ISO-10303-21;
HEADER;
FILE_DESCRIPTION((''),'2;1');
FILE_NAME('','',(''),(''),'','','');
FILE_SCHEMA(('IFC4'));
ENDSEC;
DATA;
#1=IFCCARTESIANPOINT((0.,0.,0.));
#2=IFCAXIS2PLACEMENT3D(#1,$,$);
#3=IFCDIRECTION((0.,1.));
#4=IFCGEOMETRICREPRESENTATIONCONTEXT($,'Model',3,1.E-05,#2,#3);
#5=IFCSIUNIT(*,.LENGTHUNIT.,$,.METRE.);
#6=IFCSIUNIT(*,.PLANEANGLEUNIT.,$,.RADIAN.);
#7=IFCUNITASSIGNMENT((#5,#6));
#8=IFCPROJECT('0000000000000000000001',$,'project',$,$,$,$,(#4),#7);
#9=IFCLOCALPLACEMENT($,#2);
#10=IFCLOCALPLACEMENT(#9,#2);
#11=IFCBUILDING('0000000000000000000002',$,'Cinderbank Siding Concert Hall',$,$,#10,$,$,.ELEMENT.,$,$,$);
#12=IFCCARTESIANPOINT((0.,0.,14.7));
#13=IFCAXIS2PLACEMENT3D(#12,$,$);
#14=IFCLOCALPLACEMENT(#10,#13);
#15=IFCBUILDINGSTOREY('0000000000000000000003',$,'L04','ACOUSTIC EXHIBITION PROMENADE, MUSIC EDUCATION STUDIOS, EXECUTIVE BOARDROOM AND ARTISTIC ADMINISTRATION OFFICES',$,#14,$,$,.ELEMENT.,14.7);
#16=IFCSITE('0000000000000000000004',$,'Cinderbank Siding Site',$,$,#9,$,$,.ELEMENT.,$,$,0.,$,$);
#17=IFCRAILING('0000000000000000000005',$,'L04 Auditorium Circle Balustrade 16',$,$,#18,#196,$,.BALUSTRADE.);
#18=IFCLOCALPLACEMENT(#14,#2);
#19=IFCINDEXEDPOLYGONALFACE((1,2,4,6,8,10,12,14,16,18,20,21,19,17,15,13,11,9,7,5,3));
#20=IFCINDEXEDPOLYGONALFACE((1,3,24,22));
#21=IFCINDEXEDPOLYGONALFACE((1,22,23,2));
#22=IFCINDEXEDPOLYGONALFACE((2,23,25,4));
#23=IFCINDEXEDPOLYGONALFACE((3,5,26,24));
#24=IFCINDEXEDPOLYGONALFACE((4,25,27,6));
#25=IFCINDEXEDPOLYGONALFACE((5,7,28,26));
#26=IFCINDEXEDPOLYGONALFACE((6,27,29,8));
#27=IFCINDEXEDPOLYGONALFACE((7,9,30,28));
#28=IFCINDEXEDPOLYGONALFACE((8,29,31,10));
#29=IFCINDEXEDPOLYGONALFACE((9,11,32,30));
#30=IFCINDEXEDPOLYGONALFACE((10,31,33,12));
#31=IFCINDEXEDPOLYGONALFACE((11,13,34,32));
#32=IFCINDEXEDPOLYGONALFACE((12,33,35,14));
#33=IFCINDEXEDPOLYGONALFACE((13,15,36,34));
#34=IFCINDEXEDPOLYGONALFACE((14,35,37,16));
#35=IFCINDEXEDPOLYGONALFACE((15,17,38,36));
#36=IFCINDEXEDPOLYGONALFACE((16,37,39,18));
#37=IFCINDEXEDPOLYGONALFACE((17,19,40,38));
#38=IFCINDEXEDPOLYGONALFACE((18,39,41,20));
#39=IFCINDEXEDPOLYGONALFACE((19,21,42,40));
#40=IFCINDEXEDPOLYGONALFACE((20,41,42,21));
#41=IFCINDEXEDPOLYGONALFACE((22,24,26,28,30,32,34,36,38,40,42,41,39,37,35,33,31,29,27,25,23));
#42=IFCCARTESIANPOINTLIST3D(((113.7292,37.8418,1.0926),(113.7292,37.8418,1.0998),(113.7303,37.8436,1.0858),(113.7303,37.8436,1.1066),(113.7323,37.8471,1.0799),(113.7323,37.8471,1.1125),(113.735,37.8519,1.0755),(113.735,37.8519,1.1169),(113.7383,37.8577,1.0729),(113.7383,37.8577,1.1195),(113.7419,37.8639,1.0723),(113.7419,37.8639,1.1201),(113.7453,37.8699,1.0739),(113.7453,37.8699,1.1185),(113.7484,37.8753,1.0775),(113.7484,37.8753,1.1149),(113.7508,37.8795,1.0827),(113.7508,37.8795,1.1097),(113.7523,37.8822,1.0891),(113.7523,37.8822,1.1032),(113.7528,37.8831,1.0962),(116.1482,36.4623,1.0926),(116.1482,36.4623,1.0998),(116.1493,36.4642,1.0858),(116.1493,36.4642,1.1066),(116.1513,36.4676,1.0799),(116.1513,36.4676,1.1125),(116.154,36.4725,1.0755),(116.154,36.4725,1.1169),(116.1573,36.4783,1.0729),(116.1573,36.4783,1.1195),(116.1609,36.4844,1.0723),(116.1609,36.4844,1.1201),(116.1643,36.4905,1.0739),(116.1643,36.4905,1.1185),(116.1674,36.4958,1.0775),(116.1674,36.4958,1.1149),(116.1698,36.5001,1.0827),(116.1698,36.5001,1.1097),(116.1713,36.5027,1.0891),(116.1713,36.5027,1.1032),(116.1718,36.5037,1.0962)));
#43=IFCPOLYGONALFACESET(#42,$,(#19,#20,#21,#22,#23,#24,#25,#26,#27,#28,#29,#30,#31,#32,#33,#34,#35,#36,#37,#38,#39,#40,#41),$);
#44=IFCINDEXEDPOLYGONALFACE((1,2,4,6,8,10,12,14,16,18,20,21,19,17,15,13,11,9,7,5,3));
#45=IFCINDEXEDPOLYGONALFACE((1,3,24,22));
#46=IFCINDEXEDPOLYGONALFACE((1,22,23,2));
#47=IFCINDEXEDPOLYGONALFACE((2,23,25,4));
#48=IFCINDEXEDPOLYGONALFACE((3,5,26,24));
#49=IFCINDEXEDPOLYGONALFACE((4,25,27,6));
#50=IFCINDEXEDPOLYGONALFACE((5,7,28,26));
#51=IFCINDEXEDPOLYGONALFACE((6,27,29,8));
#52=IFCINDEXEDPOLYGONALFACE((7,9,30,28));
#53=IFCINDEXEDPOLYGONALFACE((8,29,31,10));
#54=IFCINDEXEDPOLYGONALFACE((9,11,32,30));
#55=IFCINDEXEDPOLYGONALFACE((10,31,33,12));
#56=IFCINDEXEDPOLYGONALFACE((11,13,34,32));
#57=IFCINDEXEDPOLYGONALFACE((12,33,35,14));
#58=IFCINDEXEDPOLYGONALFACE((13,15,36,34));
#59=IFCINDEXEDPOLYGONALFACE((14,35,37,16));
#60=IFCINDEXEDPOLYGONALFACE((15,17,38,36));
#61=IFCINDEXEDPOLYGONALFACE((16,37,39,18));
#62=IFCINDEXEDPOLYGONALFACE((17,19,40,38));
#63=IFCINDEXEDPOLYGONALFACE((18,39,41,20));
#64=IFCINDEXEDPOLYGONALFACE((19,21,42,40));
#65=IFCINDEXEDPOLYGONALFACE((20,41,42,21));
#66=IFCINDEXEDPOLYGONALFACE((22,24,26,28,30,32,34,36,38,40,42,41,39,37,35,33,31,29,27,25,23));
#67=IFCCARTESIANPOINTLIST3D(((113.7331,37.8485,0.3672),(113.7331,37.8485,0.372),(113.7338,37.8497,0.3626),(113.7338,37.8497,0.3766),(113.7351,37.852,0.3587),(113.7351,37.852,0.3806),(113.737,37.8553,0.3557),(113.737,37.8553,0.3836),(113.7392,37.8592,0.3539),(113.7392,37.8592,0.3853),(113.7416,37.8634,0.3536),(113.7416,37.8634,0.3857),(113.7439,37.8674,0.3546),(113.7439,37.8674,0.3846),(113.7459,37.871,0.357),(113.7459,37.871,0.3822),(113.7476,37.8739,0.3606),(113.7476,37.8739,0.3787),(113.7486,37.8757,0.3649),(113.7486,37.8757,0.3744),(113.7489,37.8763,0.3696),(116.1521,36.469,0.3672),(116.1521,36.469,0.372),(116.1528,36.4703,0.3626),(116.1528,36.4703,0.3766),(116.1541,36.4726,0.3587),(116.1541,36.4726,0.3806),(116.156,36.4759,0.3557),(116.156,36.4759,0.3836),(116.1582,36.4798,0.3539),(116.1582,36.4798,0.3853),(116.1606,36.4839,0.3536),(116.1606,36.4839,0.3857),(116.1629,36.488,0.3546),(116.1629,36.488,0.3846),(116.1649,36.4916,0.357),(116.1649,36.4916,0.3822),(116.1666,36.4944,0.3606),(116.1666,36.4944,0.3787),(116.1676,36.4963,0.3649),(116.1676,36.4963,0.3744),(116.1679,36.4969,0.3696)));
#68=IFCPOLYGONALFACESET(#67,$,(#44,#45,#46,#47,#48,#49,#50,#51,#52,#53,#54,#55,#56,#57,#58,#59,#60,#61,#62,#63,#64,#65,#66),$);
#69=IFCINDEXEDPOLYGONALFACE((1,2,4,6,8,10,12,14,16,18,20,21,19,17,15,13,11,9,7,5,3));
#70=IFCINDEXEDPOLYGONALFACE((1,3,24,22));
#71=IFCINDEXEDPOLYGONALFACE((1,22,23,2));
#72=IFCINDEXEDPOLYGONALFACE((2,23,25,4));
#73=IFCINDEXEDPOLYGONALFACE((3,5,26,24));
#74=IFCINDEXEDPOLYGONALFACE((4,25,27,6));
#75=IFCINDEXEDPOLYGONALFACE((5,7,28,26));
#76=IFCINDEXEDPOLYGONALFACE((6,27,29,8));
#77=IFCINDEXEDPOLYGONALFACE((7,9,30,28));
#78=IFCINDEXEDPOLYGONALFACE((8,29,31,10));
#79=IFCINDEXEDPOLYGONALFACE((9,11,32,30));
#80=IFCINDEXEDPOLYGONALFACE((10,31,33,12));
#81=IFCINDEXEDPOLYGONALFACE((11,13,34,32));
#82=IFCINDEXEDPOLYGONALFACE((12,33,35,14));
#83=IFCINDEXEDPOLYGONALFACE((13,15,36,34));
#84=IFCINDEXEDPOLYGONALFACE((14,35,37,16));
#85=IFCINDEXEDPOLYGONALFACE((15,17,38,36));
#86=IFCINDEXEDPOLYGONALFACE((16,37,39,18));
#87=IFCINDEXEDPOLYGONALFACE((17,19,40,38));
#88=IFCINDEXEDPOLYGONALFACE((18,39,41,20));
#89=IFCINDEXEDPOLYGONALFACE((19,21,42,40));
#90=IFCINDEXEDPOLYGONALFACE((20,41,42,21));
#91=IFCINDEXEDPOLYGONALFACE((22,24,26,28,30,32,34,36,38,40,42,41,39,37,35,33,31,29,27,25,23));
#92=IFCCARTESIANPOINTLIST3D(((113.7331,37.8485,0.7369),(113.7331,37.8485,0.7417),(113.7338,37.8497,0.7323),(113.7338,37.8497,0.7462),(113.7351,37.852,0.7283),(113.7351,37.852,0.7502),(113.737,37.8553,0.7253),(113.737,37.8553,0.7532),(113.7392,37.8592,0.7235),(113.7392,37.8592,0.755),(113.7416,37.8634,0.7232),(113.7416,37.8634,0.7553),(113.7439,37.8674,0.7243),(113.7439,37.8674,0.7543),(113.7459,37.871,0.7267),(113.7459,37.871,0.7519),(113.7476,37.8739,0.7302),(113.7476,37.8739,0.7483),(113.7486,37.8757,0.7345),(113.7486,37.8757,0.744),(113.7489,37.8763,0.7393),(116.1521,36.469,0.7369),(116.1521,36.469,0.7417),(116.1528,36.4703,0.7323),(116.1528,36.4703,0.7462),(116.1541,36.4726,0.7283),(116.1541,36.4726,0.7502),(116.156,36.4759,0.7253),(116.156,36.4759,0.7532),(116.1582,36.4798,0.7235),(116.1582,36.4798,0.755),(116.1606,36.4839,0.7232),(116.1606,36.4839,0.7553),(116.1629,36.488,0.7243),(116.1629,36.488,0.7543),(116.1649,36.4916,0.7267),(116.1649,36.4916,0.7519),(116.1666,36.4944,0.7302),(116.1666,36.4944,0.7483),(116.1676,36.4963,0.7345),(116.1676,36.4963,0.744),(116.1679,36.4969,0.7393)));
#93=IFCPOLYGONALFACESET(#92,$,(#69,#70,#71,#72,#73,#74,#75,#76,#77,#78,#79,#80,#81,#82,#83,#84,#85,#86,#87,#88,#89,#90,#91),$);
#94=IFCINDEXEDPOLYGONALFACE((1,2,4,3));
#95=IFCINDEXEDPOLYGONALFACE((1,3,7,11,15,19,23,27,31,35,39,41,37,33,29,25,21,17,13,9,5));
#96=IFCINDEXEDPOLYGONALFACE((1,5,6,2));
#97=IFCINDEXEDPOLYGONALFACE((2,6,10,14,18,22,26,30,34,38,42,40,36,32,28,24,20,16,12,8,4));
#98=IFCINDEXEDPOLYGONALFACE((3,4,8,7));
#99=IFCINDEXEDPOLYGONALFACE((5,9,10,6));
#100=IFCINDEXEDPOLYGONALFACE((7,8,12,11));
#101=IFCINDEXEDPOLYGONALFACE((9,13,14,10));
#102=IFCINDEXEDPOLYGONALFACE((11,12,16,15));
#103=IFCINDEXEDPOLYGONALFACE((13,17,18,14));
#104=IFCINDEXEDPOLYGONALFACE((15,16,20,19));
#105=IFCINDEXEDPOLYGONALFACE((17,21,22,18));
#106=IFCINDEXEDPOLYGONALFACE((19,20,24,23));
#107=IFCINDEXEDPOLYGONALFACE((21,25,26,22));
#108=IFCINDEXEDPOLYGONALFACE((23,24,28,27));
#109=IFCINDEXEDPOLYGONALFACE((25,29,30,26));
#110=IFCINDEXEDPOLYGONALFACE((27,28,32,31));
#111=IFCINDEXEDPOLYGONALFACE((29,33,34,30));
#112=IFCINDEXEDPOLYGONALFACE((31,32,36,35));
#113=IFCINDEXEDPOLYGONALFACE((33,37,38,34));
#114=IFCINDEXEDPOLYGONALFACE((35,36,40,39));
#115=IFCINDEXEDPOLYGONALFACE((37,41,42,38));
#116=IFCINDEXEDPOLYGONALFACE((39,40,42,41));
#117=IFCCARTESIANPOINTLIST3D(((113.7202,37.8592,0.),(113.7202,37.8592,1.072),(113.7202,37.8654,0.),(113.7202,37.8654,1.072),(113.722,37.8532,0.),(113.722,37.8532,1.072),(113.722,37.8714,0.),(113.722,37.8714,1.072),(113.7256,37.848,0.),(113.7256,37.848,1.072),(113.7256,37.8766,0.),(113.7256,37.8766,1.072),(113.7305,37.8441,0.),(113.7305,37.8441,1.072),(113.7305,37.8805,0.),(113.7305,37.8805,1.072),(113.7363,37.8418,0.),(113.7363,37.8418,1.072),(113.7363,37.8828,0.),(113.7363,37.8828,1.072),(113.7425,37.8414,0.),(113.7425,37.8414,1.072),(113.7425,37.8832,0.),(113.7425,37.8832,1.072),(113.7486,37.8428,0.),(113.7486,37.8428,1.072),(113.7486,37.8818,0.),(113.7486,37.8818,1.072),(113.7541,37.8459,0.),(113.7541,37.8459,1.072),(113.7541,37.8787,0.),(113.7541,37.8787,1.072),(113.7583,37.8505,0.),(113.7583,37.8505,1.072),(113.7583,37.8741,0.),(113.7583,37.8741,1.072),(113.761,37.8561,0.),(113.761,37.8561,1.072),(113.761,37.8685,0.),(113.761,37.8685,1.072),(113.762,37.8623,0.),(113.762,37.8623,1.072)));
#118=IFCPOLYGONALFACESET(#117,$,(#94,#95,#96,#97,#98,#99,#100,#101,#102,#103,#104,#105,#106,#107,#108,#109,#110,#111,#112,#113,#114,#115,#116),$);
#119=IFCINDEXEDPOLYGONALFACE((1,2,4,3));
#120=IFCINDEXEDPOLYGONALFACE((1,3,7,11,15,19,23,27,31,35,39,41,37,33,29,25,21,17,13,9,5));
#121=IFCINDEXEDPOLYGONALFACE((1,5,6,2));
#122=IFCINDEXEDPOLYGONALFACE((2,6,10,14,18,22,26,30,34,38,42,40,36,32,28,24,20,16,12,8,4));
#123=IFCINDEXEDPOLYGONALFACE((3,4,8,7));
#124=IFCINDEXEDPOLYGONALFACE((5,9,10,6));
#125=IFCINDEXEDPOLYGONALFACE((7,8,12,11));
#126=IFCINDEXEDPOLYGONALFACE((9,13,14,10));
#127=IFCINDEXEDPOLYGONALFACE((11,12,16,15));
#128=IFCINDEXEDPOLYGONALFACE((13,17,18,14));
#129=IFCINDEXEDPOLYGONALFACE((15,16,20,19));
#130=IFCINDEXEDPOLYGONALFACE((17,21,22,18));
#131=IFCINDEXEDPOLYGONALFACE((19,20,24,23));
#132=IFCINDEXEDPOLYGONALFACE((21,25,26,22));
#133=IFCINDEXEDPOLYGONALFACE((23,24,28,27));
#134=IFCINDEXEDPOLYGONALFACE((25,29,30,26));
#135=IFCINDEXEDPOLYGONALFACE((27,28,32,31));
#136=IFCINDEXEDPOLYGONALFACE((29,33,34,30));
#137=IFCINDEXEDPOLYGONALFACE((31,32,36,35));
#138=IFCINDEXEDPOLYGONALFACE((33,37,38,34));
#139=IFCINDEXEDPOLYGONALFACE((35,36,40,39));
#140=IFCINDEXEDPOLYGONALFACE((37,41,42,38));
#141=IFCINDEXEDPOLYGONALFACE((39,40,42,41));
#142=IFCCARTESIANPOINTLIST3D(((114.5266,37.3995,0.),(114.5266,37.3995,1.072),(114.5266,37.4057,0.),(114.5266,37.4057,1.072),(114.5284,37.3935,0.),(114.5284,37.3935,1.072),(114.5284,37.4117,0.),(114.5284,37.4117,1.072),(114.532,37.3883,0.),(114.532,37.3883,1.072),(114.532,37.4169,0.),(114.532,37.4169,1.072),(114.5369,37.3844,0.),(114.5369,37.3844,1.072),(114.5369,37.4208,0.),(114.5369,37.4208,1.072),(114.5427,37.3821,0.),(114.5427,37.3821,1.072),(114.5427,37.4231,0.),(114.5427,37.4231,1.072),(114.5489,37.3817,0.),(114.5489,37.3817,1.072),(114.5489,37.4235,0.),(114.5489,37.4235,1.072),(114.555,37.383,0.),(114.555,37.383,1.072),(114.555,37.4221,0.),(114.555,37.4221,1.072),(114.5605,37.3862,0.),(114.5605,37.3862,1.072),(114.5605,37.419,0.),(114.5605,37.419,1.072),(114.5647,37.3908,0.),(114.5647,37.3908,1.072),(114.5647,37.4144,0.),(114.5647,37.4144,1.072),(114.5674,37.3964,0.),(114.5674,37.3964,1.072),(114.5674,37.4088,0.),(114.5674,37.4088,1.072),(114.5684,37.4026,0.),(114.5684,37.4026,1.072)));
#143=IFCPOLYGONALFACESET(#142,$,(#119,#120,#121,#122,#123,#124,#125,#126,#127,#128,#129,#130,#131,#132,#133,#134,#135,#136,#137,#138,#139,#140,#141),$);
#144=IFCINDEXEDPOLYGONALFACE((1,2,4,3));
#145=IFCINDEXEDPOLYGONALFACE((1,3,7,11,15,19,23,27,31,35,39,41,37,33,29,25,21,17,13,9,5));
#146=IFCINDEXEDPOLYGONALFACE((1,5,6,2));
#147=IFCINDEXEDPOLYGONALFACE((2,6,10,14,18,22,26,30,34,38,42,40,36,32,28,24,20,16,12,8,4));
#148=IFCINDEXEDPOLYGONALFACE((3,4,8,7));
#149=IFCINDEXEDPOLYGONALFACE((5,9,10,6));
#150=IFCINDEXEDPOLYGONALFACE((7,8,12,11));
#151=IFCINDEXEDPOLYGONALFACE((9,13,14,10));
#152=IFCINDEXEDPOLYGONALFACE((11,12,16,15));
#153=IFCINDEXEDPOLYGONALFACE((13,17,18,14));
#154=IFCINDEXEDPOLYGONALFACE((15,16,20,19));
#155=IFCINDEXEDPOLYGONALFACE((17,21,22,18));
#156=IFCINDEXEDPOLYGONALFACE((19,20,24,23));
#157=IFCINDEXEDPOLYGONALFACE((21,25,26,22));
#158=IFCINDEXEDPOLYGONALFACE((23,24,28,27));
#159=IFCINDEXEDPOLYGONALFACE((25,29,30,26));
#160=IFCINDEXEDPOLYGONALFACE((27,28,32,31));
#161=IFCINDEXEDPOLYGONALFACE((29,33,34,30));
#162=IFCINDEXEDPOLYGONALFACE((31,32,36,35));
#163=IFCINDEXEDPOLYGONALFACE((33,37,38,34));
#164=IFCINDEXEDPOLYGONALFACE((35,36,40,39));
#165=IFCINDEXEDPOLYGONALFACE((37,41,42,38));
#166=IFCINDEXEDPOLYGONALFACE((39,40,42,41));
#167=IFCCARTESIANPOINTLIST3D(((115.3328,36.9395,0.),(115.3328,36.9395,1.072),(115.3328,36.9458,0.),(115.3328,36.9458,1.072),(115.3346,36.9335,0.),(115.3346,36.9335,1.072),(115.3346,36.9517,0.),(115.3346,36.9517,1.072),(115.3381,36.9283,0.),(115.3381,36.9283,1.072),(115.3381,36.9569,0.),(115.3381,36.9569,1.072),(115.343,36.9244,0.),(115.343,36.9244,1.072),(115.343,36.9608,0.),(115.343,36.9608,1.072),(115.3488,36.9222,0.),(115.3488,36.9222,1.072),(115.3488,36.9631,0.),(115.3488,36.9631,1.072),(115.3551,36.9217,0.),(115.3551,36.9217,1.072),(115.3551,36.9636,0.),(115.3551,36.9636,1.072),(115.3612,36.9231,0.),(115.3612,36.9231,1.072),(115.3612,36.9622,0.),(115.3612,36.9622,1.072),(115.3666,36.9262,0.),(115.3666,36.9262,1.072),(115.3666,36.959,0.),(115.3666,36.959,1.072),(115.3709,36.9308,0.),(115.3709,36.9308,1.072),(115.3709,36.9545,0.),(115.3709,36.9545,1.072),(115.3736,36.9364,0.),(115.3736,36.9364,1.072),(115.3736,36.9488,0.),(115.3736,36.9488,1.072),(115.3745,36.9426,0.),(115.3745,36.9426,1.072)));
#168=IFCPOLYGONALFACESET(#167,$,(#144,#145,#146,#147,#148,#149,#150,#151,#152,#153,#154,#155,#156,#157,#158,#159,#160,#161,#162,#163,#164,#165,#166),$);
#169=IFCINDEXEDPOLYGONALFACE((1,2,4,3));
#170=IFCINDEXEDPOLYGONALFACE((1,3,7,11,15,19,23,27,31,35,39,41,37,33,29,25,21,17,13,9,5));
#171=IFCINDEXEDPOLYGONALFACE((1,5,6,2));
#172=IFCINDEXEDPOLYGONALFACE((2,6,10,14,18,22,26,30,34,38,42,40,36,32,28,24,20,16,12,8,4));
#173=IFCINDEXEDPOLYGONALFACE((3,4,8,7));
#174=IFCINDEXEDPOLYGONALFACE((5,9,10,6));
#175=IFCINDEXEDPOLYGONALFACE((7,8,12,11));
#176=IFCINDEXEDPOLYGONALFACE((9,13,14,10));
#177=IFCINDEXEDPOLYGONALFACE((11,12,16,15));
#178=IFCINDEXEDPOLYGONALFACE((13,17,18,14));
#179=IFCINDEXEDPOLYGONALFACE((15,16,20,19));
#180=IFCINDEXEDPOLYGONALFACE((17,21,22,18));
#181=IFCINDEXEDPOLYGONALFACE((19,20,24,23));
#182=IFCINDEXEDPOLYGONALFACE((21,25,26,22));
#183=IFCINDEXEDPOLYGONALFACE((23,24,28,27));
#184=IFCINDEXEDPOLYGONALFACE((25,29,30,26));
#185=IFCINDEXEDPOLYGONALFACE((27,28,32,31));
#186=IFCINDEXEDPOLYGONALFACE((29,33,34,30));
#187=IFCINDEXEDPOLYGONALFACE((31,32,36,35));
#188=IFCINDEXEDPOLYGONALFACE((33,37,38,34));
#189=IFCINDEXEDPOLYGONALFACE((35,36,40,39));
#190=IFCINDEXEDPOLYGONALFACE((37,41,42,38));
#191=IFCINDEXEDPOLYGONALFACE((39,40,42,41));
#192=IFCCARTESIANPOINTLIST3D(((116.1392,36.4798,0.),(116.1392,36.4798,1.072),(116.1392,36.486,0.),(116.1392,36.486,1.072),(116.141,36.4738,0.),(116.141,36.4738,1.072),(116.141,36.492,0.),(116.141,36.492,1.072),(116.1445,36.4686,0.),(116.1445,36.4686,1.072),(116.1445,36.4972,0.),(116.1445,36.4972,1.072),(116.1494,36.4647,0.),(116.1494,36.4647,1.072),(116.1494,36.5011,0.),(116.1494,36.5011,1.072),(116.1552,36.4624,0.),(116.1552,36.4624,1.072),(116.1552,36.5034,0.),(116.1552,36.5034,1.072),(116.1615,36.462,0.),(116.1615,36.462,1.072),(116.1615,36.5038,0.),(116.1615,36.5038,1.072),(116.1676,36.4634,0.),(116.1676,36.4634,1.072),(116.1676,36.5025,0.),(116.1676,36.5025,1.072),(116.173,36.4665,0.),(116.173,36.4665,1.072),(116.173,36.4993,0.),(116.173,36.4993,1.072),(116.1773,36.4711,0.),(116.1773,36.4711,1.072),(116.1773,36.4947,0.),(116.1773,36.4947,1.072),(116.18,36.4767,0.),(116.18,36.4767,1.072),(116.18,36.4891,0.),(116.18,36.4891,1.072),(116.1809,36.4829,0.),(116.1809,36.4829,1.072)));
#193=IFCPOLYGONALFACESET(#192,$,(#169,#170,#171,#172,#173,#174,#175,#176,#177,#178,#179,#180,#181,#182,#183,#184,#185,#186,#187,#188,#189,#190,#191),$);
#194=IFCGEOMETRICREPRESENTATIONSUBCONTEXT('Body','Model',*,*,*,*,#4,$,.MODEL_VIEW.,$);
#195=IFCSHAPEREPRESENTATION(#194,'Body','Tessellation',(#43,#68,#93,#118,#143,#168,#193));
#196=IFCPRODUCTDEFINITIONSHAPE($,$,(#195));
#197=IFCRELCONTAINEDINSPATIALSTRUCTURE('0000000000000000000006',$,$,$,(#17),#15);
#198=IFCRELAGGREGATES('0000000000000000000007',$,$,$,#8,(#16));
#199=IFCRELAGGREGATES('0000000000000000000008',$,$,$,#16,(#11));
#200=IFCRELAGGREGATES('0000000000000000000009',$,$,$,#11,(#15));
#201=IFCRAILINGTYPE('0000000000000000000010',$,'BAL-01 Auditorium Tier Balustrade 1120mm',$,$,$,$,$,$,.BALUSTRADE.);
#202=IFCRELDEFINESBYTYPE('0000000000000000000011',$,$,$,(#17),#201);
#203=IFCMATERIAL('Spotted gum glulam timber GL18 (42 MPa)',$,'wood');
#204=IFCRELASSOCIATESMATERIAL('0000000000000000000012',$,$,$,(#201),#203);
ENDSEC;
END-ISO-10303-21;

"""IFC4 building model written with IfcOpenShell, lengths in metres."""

from ifc_helpers import new_model, si_unit, direction, frame, origin, origin_2d, place, context, subcontext, project, spatial, circle, extrude, material, type_object, element, save


model = new_model("IFC4")

# Units and contexts
model_context = context("Model", 3, precision=1e-05, world=origin(), true_north=direction((0.0, 1.0)))
body_context = subcontext(model_context, "Body", "Model", "MODEL_VIEW")
ifc_project = project(units=[si_unit("LENGTHUNIT", "METRE"), si_unit("PLANEANGLEUNIT", "RADIAN")], contexts=[model_context])

# Site, building, storey
site_placement = place(None, origin())
site = spatial("IfcSite", under=ifc_project, at=site_placement, Name="Cinderbank Siding Site", CompositionType="ELEMENT", RefElevation=0.0)
building_placement = place(site_placement, origin())
building = spatial("IfcBuilding", under=site, at=building_placement, Name="Cinderbank Siding Concert Hall", CompositionType="ELEMENT")
storey_placement = place(building_placement, frame((0.0, 0.0, 14.7)))
storey = spatial("IfcBuildingStorey", under=building, at=storey_placement, Name="L04", Description="ACOUSTIC EXHIBITION PROMENADE, MUSIC EDUCATION STUDIOS, EXECUTIVE BOARDROOM AND ARTISTIC ADMINISTRATION OFFICES", CompositionType="ELEMENT", Elevation=14.7)

# Shared definitions
ifc_material_1 = material(Name="Spotted gum glulam timber GL18 (42 MPa)", Category="wood")

# Railing
railing_type = type_object("IfcRailingType", Name="BAL-01 Auditorium Tier Balustrade 1120mm", PredefinedType="BALUSTRADE", material=ifc_material_1)
railing_1_placement = place(storey_placement, frame((113.741, 37.8623, 0.0)))
element("IfcRailing", 1, at=railing_1_placement, inside=storey, type_object=railing_type, Name="L04 Auditorium Circle Balustrade 16", PredefinedType="BALUSTRADE", context=body_context, shape_type="SweptSolid", body=[
    extrude(circle(Radius=0.0239, at=origin_2d()), frame((0.0, 0.0, 1.0962), z_axis=(0.868685, -0.495365, 0.0), x_axis=(0.495365, 0.868685, 0.0)), (0.0, 0.0, 1.0), 2.7847),
    extrude(circle(Radius=0.0161, at=origin_2d()), frame((0.0, 0.0, 0.3696), z_axis=(0.868685, -0.495365, 0.0), x_axis=(0.495365, 0.868685, 0.0)), (0.0, 0.0, 1.0), 2.7847),
    extrude(circle(Radius=0.0161, at=origin_2d()), frame((0.0, 0.0, 0.7393), z_axis=(0.868685, -0.495365, 0.0), x_axis=(0.495365, 0.868685, 0.0)), (0.0, 0.0, 1.0), 2.7847),
    extrude(circle(Radius=0.021, at=origin_2d()), origin(), (0.0, 0.0, 1.0), 1.072),
    extrude(circle(Radius=0.021, at=origin_2d()), frame((0.8064, -0.4597, 0.0)), (0.0, 0.0, 1.0), 1.072),
    extrude(circle(Radius=0.021, at=origin_2d()), frame((1.6125, -0.9197, 0.0)), (0.0, 0.0, 1.0), 1.072),
    extrude(circle(Radius=0.021, at=origin_2d()), frame((2.4189, -1.3794, 0.0)), (0.0, 0.0, 1.0), 1.072),
])

save(model, "model.ifc")
